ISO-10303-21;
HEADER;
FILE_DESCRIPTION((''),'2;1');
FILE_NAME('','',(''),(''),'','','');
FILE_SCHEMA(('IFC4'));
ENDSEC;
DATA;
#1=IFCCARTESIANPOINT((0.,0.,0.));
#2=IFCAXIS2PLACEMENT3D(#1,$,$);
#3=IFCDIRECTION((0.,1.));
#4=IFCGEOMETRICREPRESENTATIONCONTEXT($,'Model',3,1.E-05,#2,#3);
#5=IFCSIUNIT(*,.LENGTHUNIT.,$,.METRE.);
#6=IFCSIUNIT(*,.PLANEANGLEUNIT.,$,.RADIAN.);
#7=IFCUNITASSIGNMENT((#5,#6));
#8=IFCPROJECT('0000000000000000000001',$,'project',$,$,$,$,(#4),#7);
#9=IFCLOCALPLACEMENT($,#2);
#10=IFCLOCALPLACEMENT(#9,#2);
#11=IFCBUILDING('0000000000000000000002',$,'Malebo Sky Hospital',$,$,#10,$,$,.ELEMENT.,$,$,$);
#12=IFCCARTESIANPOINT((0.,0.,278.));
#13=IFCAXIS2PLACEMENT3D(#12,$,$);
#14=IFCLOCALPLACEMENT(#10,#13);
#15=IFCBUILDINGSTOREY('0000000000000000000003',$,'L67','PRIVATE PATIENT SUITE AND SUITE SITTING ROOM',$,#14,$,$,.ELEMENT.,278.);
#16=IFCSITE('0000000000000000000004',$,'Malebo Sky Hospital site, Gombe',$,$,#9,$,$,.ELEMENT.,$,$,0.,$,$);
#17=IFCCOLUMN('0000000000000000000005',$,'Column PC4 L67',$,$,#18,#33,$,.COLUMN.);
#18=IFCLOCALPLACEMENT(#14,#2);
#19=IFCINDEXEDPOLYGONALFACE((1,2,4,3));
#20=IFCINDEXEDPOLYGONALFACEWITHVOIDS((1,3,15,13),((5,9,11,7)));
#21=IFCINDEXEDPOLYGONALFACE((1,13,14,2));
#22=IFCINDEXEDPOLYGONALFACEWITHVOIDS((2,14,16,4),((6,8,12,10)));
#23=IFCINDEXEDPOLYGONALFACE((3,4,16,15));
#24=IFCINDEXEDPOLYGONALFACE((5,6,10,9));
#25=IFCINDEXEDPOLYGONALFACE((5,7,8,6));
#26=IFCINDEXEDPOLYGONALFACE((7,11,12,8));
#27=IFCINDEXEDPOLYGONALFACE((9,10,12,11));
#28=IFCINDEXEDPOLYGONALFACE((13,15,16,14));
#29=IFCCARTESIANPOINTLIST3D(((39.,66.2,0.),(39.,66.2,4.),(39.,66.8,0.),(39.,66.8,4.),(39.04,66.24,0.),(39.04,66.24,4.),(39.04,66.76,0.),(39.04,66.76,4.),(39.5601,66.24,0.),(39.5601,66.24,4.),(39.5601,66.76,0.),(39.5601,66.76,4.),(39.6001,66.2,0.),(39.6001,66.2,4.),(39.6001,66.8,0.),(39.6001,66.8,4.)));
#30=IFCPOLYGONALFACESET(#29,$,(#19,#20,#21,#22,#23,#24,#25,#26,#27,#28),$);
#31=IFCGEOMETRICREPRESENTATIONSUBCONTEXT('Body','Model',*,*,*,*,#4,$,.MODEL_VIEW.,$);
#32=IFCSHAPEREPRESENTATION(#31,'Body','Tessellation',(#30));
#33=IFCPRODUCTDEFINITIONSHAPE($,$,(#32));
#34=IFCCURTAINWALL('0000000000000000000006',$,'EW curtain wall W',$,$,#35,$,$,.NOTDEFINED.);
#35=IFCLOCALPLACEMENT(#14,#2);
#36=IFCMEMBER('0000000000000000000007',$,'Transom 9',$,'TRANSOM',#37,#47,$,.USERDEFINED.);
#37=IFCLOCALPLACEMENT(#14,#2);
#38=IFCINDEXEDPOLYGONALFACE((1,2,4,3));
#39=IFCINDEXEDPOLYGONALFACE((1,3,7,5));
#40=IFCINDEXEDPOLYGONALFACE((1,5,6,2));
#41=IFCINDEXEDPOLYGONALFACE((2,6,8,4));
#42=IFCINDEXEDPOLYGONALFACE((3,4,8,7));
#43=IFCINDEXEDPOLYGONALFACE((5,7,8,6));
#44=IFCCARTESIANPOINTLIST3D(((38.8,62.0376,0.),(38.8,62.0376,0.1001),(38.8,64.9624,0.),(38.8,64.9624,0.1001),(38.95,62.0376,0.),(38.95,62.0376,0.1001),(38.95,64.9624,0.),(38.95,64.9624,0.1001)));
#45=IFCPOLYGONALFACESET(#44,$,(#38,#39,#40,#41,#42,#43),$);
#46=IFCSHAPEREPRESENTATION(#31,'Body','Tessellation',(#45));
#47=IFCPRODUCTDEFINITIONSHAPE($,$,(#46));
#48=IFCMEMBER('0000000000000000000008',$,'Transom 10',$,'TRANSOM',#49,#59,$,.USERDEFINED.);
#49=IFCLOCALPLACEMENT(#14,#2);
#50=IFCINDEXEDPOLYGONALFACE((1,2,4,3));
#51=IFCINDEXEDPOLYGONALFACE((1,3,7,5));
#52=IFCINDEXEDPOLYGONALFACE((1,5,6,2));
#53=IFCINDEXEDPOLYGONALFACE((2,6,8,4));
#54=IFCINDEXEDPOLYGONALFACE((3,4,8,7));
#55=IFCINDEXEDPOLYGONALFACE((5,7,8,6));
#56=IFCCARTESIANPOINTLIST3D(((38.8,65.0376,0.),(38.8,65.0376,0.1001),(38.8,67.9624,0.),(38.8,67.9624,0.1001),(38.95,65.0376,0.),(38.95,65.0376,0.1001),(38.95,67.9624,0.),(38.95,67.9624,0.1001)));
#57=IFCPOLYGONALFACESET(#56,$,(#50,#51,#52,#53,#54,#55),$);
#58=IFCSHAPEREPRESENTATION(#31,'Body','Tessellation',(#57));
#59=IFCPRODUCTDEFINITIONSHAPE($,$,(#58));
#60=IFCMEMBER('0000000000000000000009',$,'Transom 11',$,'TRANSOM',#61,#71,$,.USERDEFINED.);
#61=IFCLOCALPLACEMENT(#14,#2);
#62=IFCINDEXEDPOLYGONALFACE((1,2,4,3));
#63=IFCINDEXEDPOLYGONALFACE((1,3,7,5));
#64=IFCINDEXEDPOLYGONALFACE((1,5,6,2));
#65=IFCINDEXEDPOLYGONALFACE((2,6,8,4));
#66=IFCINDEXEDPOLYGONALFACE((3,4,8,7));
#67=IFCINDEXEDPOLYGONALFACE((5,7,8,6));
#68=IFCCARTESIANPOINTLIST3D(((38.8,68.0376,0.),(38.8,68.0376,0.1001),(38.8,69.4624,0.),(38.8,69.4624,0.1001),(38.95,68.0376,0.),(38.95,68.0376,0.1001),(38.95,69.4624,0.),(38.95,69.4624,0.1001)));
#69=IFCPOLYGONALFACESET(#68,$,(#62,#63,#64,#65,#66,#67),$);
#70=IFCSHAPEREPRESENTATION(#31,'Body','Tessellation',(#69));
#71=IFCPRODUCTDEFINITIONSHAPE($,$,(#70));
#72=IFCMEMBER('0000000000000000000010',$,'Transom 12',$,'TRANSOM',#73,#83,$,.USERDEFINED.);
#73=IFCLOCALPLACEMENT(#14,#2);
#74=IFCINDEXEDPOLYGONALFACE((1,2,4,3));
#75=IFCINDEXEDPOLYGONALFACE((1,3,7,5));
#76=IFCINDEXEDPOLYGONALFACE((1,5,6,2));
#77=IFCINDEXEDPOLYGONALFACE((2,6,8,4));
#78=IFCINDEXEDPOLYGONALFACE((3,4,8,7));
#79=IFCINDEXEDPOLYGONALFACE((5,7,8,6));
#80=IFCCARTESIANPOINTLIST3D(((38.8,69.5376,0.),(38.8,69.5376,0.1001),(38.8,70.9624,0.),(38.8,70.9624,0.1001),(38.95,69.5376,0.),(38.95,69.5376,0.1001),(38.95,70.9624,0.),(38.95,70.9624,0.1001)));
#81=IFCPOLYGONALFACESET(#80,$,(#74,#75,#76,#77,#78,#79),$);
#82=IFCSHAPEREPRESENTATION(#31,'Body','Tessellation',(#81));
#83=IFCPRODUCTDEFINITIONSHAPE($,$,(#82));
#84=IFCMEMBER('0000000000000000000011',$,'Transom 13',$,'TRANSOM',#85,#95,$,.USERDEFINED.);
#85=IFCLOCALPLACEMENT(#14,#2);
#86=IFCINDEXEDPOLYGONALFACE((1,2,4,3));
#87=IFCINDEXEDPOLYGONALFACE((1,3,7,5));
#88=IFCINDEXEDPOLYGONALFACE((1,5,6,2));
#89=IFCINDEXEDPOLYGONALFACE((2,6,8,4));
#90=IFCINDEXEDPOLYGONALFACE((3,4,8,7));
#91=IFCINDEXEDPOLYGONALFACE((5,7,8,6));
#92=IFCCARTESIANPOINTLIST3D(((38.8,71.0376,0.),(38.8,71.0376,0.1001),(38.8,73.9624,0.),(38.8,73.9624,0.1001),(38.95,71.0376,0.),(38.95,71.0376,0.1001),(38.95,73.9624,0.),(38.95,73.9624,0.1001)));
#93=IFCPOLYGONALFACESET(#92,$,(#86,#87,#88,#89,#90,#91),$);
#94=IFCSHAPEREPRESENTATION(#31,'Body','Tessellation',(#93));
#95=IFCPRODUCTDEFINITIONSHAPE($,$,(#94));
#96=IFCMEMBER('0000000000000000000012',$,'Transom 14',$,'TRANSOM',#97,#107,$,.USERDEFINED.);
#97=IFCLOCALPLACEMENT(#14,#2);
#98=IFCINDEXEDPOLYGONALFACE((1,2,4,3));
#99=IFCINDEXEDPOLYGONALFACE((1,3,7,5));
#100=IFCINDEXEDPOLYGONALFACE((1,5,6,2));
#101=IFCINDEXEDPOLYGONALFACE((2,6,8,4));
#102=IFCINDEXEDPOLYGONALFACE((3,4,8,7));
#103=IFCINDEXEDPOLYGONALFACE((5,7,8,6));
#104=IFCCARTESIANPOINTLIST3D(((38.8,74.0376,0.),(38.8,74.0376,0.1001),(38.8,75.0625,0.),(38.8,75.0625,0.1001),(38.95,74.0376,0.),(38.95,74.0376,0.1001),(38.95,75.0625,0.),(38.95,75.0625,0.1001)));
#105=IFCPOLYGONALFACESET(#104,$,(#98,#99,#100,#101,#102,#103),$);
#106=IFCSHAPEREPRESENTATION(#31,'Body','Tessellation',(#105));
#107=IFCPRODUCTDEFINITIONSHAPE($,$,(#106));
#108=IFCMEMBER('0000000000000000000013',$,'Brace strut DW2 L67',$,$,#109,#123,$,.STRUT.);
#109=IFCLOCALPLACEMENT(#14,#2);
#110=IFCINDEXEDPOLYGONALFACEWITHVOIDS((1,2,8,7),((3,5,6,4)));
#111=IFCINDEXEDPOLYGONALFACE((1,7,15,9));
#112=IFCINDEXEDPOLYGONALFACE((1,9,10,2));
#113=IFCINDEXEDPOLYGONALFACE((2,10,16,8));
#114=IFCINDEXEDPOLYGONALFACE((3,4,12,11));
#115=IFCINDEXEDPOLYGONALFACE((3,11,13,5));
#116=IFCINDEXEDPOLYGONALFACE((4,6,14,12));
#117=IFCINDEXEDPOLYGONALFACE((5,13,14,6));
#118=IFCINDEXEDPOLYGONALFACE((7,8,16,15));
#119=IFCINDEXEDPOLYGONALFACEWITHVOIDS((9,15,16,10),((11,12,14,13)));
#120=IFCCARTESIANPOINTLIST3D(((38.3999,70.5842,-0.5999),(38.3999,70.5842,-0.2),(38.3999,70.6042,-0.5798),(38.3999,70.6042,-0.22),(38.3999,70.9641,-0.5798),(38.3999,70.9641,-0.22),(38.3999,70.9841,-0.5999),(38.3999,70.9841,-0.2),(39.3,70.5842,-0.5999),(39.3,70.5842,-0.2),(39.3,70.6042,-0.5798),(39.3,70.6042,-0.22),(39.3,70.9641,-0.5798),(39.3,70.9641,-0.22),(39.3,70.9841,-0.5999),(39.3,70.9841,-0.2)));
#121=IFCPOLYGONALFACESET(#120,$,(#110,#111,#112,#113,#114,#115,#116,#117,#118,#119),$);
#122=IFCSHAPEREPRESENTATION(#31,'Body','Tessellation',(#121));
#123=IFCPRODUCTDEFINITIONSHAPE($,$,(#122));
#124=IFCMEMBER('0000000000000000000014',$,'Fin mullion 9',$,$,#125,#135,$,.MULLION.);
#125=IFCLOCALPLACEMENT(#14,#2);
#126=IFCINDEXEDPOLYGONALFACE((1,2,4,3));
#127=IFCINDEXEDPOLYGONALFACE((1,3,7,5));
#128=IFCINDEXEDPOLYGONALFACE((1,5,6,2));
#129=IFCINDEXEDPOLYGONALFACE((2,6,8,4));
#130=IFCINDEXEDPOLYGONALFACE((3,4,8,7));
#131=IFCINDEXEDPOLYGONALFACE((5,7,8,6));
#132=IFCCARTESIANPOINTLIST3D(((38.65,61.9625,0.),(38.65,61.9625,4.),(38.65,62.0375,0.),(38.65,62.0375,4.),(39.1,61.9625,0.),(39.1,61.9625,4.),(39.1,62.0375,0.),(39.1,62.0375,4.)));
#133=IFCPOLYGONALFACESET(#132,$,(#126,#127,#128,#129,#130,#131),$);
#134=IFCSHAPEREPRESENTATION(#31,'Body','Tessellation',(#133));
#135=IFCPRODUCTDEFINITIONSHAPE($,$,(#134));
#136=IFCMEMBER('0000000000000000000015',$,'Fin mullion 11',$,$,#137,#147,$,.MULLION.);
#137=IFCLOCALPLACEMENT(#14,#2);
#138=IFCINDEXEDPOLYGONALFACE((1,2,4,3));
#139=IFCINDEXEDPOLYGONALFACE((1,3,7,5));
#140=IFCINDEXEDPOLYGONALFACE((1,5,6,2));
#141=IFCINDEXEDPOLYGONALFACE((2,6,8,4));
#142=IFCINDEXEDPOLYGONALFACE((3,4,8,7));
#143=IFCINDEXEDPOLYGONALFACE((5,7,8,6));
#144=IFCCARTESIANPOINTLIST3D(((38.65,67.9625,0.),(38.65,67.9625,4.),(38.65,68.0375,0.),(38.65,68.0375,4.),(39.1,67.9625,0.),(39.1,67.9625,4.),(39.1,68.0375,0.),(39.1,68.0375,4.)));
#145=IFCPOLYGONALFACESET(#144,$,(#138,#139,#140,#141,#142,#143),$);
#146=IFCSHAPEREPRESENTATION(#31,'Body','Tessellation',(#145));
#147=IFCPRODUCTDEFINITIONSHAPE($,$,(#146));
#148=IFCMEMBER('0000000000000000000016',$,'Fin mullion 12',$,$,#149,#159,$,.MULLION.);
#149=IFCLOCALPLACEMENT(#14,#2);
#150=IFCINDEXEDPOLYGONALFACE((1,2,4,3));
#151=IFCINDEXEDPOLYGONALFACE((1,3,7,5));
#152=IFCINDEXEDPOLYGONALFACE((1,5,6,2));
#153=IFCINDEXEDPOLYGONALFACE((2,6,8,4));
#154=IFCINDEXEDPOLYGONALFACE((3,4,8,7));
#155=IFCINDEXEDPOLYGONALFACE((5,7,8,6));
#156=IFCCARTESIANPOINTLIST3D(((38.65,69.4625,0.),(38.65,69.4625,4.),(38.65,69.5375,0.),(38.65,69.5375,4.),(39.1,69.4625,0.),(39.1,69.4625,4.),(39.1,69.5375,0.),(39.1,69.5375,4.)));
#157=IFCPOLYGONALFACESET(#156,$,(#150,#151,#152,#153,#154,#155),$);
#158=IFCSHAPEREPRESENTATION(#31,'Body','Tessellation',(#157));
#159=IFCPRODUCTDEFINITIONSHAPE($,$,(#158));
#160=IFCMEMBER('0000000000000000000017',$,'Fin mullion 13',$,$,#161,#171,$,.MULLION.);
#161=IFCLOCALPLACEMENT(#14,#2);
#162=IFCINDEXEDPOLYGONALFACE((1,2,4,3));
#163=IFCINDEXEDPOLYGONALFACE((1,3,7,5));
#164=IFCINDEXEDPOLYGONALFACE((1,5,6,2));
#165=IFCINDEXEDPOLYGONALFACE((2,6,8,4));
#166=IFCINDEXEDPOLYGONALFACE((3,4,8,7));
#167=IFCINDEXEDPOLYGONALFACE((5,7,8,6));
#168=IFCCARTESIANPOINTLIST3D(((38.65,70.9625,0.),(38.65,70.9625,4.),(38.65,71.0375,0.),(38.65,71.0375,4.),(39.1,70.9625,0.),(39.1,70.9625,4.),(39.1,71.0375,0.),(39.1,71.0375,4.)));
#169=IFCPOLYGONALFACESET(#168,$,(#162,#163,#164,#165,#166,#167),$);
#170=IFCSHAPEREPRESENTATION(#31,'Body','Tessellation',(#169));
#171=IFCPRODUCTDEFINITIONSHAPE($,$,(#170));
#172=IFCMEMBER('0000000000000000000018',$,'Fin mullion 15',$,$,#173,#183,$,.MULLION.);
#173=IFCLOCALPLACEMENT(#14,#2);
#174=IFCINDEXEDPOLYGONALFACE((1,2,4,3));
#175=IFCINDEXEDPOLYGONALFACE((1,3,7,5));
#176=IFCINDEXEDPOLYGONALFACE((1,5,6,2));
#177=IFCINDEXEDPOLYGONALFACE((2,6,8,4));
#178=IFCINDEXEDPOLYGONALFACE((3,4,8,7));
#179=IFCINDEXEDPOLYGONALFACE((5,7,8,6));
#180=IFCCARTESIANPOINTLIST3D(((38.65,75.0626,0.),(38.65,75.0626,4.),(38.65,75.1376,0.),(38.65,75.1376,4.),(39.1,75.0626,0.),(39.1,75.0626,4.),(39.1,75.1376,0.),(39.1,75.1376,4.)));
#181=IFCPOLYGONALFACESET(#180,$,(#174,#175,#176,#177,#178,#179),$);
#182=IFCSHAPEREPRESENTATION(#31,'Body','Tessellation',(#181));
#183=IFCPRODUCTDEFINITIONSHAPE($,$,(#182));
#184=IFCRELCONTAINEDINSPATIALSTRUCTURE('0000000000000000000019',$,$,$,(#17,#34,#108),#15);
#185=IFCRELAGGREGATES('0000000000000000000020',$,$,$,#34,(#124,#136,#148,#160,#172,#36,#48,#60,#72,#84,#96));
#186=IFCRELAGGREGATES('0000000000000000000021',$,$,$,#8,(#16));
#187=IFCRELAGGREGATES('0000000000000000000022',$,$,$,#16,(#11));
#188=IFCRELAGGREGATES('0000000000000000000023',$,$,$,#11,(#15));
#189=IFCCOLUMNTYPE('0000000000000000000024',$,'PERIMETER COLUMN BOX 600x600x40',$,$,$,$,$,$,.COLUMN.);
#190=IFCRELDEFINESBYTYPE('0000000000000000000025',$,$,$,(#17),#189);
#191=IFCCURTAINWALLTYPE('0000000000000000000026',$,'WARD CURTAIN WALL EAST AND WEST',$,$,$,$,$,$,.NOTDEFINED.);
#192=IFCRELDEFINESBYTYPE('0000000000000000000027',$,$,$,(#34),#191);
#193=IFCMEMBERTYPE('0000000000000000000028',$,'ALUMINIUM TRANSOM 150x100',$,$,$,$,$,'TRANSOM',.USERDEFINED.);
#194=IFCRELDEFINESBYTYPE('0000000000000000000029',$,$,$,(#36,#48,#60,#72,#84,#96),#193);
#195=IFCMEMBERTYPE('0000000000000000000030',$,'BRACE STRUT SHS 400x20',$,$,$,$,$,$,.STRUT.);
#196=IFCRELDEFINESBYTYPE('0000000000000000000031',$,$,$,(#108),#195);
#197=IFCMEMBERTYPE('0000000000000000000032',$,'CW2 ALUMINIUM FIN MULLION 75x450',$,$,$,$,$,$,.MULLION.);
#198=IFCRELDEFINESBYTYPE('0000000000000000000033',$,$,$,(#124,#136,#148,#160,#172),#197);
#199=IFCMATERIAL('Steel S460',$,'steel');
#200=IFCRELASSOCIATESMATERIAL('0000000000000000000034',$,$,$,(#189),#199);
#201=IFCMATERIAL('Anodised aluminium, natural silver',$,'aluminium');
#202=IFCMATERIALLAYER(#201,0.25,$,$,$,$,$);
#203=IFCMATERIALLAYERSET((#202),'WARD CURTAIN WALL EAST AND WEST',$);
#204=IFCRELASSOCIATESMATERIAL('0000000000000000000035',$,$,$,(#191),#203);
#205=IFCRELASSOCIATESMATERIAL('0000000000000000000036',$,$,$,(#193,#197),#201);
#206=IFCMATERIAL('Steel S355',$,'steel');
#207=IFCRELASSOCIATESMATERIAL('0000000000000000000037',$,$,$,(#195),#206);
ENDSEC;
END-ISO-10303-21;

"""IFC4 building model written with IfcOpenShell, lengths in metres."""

from ifc_helpers import new_model, si_unit, direction, frame, origin, origin_2d, place, context, subcontext, project, spatial, rectangle, hollow_rectangle, extrude, material, layer, layer_set, material_profile, profile_set, type_object, element, aggregate, save


model = new_model("IFC4")

# Units and contexts
model_context = context("Model", 3, precision=1e-05, world=origin(), true_north=direction((0.0, 1.0)))
body_context = subcontext(model_context, "Body", "Model", "MODEL_VIEW")
ifc_project = project(units=[si_unit("LENGTHUNIT", "METRE"), si_unit("PLANEANGLEUNIT", "RADIAN")], contexts=[model_context])

# Site, building, storey
site_placement = place(None, origin())
site = spatial("IfcSite", under=ifc_project, at=site_placement, Name="Malebo Sky Hospital site, Gombe", CompositionType="ELEMENT", RefElevation=0.0)
building_placement = place(site_placement, origin())
building = spatial("IfcBuilding", under=site, at=building_placement, Name="Malebo Sky Hospital", CompositionType="ELEMENT")
storey_placement = place(building_placement, frame((0.0, 0.0, 278.0)))
storey = spatial("IfcBuildingStorey", under=building, at=storey_placement, Name="L67", Description="PRIVATE PATIENT SUITE AND SUITE SITTING ROOM", CompositionType="ELEMENT", Elevation=278.0)

# Column
ifc_material_1 = material(Name="Steel S460", Category="steel")
ifc_material_profile_1 = material_profile(ifc_material_1, hollow_rectangle(XDim=0.6001, YDim=0.6001, WallThickness=0.04, at=origin_2d()), Name="BOX 600x600x40")
ifc_profile_set_1 = profile_set([ifc_material_profile_1], Name="Steel S460")
column_type = type_object("IfcColumnType", Name="PERIMETER COLUMN BOX 600x600x40", PredefinedType="COLUMN", material=ifc_profile_set_1)
column_placement = place(storey_placement, frame((39.3, 66.5, 0.0), z_axis=(0.0, 0.0, 1.0), x_axis=(1.0, 0.0, 0.0)))
element("IfcColumn", 1, at=column_placement, inside=storey, type_object=column_type, Name="Column PC4 L67", PredefinedType="COLUMN", context=body_context, shape_type="SweptSolid", body=[
    extrude(hollow_rectangle(XDim=0.6001, YDim=0.6001, WallThickness=0.04, at=origin_2d()), origin(), (0.0, 0.0, 1.0), 4.0),
])

# Curtain wall, members
ifc_material_2 = material(Name="Anodised aluminium, natural silver", Category="aluminium")
ifc_layer_1 = layer(ifc_material_2, 0.25)
ifc_layer_set_1 = layer_set([ifc_layer_1], Name="WARD CURTAIN WALL EAST AND WEST")
curtain_wall_type = type_object("IfcCurtainWallType", Name="WARD CURTAIN WALL EAST AND WEST", PredefinedType="NOTDEFINED", material=ifc_layer_set_1)
curtain_wall_placement = place(storey_placement, origin())
curtain_wall = element("IfcCurtainWall", 2, at=curtain_wall_placement, inside=storey, type_object=curtain_wall_type, Name="EW curtain wall W", PredefinedType="NOTDEFINED")
ifc_material_profile_2 = material_profile(ifc_material_2, rectangle(XDim=0.1499, YDim=0.1001, at=origin_2d()), Name="ALUMINIUM TRANSOM 150x100")
ifc_profile_set_2 = profile_set([ifc_material_profile_2], Name="Anodised aluminium, natural silver")
member_type_1 = type_object("IfcMemberType", Name="ALUMINIUM TRANSOM 150x100", ElementType="TRANSOM", PredefinedType="USERDEFINED", material=ifc_profile_set_2)
member_1_placement = place(storey_placement, frame((38.875, 62.0376, 0.05), z_axis=(0.0, 1.0, 0.0), x_axis=(-1.0, 0.0, 0.0)))
member_1 = element("IfcMember", 3, at=member_1_placement, type_object=member_type_1, Name="Transom 9", ObjectType="TRANSOM", PredefinedType="USERDEFINED", context=body_context, shape_type="SweptSolid", body=[
    extrude(rectangle(XDim=0.1499, YDim=0.1001, at=origin_2d()), origin(), (0.0, 0.0, 1.0), 2.9248),
])
member_2_placement = place(storey_placement, frame((38.875, 65.0376, 0.05), z_axis=(0.0, 1.0, 0.0), x_axis=(-1.0, 0.0, 0.0)))
member_2 = element("IfcMember", 4, at=member_2_placement, type_object=member_type_1, Name="Transom 10", ObjectType="TRANSOM", PredefinedType="USERDEFINED", context=body_context, shape_type="SweptSolid", body=[
    extrude(rectangle(XDim=0.1499, YDim=0.1001, at=origin_2d()), origin(), (0.0, 0.0, 1.0), 2.9248),
])
member_3_placement = place(storey_placement, frame((38.875, 68.0376, 0.05), z_axis=(0.0, 1.0, 0.0), x_axis=(-1.0, 0.0, 0.0)))
member_3 = element("IfcMember", 5, at=member_3_placement, type_object=member_type_1, Name="Transom 11", ObjectType="TRANSOM", PredefinedType="USERDEFINED", context=body_context, shape_type="SweptSolid", body=[
    extrude(rectangle(XDim=0.1499, YDim=0.1001, at=origin_2d()), origin(), (0.0, 0.0, 1.0), 1.4248),
])
member_4_placement = place(storey_placement, frame((38.875, 69.5376, 0.05), z_axis=(0.0, 1.0, 0.0), x_axis=(-1.0, 0.0, 0.0)))
member_4 = element("IfcMember", 6, at=member_4_placement, type_object=member_type_1, Name="Transom 12", ObjectType="TRANSOM", PredefinedType="USERDEFINED", context=body_context, shape_type="SweptSolid", body=[
    extrude(rectangle(XDim=0.1499, YDim=0.1001, at=origin_2d()), origin(), (0.0, 0.0, 1.0), 1.4248),
])
member_5_placement = place(storey_placement, frame((38.875, 71.0376, 0.05), z_axis=(0.0, 1.0, 0.0), x_axis=(-1.0, 0.0, 0.0)))
member_5 = element("IfcMember", 7, at=member_5_placement, type_object=member_type_1, Name="Transom 13", ObjectType="TRANSOM", PredefinedType="USERDEFINED", context=body_context, shape_type="SweptSolid", body=[
    extrude(rectangle(XDim=0.1499, YDim=0.1001, at=origin_2d()), origin(), (0.0, 0.0, 1.0), 2.9248),
])
member_6_placement = place(storey_placement, frame((38.875, 74.0376, 0.05), z_axis=(0.0, 1.0, 0.0), x_axis=(-1.0, 0.0, 0.0)))
member_6 = element("IfcMember", 8, at=member_6_placement, type_object=member_type_1, Name="Transom 14", ObjectType="TRANSOM", PredefinedType="USERDEFINED", context=body_context, shape_type="SweptSolid", body=[
    extrude(rectangle(XDim=0.1499, YDim=0.1001, at=origin_2d()), origin(), (0.0, 0.0, 1.0), 1.0249),
])

# Members
ifc_material_3 = material(Name="Steel S355", Category="steel")
ifc_material_profile_3 = material_profile(ifc_material_3, hollow_rectangle(XDim=0.3999, YDim=0.3999, WallThickness=0.02, at=origin_2d()), Name="SHS 400x20")
ifc_profile_set_3 = profile_set([ifc_material_profile_3], Name="Steel S355")
member_type_2 = type_object("IfcMemberType", Name="BRACE STRUT SHS 400x20", PredefinedType="STRUT", material=ifc_profile_set_3)
member_7_placement = place(storey_placement, frame((38.3999, 70.7842, -0.3999), z_axis=(1.0, 0.0, 0.0), x_axis=(0.0, 1.0, 0.0)))
element("IfcMember", 9, at=member_7_placement, inside=storey, type_object=member_type_2, Name="Brace strut DW2 L67", PredefinedType="STRUT", context=body_context, shape_type="SweptSolid", body=[
    extrude(hollow_rectangle(XDim=0.3999, YDim=0.3999, WallThickness=0.02, at=origin_2d()), origin(), (0.0, 0.0, 1.0), 0.9001),
])
ifc_material_profile_4 = material_profile(ifc_material_2, rectangle(XDim=0.075, YDim=0.45, at=origin_2d()), Name="CW2 ALUMINIUM FIN MULLION 75x450")
ifc_profile_set_4 = profile_set([ifc_material_profile_4], Name="Anodised aluminium, natural silver")
member_type_3 = type_object("IfcMemberType", Name="CW2 ALUMINIUM FIN MULLION 75x450", PredefinedType="MULLION", material=ifc_profile_set_4)
member_8_placement = place(storey_placement, frame((38.875, 62.0, 0.0), z_axis=(0.0, 0.0, 1.0), x_axis=(0.0, 1.0, 0.0)))
member_8 = element("IfcMember", 10, at=member_8_placement, type_object=member_type_3, Name="Fin mullion 9", PredefinedType="MULLION", context=body_context, shape_type="SweptSolid", body=[
    extrude(rectangle(XDim=0.075, YDim=0.45, at=origin_2d()), origin(), (0.0, 0.0, 1.0), 4.0),
])
member_9_placement = place(storey_placement, frame((38.875, 68.0, 0.0), z_axis=(0.0, 0.0, 1.0), x_axis=(0.0, 1.0, 0.0)))
member_9 = element("IfcMember", 11, at=member_9_placement, type_object=member_type_3, Name="Fin mullion 11", PredefinedType="MULLION", context=body_context, shape_type="SweptSolid", body=[
    extrude(rectangle(XDim=0.075, YDim=0.45, at=origin_2d()), origin(), (0.0, 0.0, 1.0), 4.0),
])
member_10_placement = place(storey_placement, frame((38.875, 69.5, 0.0), z_axis=(0.0, 0.0, 1.0), x_axis=(0.0, 1.0, 0.0)))
member_10 = element("IfcMember", 12, at=member_10_placement, type_object=member_type_3, Name="Fin mullion 12", PredefinedType="MULLION", context=body_context, shape_type="SweptSolid", body=[
    extrude(rectangle(XDim=0.075, YDim=0.45, at=origin_2d()), origin(), (0.0, 0.0, 1.0), 4.0),
])
member_11_placement = place(storey_placement, frame((38.875, 71.0, 0.0), z_axis=(0.0, 0.0, 1.0), x_axis=(0.0, 1.0, 0.0)))
member_11 = element("IfcMember", 13, at=member_11_placement, type_object=member_type_3, Name="Fin mullion 13", PredefinedType="MULLION", context=body_context, shape_type="SweptSolid", body=[
    extrude(rectangle(XDim=0.075, YDim=0.45, at=origin_2d()), origin(), (0.0, 0.0, 1.0), 4.0),
])
member_12_placement = place(storey_placement, frame((38.875, 75.1001, 0.0), z_axis=(0.0, 0.0, 1.0), x_axis=(0.0, 1.0, 0.0)))
member_12 = element("IfcMember", 14, at=member_12_placement, type_object=member_type_3, Name="Fin mullion 15", PredefinedType="MULLION", context=body_context, shape_type="SweptSolid", body=[
    extrude(rectangle(XDim=0.075, YDim=0.45, at=origin_2d()), origin(), (0.0, 0.0, 1.0), 4.0),
])

aggregate(curtain_wall, [member_8, member_9, member_10, member_11, member_12, member_1, member_2, member_3, member_4, member_5, member_6])

save(model, "model.ifc")
